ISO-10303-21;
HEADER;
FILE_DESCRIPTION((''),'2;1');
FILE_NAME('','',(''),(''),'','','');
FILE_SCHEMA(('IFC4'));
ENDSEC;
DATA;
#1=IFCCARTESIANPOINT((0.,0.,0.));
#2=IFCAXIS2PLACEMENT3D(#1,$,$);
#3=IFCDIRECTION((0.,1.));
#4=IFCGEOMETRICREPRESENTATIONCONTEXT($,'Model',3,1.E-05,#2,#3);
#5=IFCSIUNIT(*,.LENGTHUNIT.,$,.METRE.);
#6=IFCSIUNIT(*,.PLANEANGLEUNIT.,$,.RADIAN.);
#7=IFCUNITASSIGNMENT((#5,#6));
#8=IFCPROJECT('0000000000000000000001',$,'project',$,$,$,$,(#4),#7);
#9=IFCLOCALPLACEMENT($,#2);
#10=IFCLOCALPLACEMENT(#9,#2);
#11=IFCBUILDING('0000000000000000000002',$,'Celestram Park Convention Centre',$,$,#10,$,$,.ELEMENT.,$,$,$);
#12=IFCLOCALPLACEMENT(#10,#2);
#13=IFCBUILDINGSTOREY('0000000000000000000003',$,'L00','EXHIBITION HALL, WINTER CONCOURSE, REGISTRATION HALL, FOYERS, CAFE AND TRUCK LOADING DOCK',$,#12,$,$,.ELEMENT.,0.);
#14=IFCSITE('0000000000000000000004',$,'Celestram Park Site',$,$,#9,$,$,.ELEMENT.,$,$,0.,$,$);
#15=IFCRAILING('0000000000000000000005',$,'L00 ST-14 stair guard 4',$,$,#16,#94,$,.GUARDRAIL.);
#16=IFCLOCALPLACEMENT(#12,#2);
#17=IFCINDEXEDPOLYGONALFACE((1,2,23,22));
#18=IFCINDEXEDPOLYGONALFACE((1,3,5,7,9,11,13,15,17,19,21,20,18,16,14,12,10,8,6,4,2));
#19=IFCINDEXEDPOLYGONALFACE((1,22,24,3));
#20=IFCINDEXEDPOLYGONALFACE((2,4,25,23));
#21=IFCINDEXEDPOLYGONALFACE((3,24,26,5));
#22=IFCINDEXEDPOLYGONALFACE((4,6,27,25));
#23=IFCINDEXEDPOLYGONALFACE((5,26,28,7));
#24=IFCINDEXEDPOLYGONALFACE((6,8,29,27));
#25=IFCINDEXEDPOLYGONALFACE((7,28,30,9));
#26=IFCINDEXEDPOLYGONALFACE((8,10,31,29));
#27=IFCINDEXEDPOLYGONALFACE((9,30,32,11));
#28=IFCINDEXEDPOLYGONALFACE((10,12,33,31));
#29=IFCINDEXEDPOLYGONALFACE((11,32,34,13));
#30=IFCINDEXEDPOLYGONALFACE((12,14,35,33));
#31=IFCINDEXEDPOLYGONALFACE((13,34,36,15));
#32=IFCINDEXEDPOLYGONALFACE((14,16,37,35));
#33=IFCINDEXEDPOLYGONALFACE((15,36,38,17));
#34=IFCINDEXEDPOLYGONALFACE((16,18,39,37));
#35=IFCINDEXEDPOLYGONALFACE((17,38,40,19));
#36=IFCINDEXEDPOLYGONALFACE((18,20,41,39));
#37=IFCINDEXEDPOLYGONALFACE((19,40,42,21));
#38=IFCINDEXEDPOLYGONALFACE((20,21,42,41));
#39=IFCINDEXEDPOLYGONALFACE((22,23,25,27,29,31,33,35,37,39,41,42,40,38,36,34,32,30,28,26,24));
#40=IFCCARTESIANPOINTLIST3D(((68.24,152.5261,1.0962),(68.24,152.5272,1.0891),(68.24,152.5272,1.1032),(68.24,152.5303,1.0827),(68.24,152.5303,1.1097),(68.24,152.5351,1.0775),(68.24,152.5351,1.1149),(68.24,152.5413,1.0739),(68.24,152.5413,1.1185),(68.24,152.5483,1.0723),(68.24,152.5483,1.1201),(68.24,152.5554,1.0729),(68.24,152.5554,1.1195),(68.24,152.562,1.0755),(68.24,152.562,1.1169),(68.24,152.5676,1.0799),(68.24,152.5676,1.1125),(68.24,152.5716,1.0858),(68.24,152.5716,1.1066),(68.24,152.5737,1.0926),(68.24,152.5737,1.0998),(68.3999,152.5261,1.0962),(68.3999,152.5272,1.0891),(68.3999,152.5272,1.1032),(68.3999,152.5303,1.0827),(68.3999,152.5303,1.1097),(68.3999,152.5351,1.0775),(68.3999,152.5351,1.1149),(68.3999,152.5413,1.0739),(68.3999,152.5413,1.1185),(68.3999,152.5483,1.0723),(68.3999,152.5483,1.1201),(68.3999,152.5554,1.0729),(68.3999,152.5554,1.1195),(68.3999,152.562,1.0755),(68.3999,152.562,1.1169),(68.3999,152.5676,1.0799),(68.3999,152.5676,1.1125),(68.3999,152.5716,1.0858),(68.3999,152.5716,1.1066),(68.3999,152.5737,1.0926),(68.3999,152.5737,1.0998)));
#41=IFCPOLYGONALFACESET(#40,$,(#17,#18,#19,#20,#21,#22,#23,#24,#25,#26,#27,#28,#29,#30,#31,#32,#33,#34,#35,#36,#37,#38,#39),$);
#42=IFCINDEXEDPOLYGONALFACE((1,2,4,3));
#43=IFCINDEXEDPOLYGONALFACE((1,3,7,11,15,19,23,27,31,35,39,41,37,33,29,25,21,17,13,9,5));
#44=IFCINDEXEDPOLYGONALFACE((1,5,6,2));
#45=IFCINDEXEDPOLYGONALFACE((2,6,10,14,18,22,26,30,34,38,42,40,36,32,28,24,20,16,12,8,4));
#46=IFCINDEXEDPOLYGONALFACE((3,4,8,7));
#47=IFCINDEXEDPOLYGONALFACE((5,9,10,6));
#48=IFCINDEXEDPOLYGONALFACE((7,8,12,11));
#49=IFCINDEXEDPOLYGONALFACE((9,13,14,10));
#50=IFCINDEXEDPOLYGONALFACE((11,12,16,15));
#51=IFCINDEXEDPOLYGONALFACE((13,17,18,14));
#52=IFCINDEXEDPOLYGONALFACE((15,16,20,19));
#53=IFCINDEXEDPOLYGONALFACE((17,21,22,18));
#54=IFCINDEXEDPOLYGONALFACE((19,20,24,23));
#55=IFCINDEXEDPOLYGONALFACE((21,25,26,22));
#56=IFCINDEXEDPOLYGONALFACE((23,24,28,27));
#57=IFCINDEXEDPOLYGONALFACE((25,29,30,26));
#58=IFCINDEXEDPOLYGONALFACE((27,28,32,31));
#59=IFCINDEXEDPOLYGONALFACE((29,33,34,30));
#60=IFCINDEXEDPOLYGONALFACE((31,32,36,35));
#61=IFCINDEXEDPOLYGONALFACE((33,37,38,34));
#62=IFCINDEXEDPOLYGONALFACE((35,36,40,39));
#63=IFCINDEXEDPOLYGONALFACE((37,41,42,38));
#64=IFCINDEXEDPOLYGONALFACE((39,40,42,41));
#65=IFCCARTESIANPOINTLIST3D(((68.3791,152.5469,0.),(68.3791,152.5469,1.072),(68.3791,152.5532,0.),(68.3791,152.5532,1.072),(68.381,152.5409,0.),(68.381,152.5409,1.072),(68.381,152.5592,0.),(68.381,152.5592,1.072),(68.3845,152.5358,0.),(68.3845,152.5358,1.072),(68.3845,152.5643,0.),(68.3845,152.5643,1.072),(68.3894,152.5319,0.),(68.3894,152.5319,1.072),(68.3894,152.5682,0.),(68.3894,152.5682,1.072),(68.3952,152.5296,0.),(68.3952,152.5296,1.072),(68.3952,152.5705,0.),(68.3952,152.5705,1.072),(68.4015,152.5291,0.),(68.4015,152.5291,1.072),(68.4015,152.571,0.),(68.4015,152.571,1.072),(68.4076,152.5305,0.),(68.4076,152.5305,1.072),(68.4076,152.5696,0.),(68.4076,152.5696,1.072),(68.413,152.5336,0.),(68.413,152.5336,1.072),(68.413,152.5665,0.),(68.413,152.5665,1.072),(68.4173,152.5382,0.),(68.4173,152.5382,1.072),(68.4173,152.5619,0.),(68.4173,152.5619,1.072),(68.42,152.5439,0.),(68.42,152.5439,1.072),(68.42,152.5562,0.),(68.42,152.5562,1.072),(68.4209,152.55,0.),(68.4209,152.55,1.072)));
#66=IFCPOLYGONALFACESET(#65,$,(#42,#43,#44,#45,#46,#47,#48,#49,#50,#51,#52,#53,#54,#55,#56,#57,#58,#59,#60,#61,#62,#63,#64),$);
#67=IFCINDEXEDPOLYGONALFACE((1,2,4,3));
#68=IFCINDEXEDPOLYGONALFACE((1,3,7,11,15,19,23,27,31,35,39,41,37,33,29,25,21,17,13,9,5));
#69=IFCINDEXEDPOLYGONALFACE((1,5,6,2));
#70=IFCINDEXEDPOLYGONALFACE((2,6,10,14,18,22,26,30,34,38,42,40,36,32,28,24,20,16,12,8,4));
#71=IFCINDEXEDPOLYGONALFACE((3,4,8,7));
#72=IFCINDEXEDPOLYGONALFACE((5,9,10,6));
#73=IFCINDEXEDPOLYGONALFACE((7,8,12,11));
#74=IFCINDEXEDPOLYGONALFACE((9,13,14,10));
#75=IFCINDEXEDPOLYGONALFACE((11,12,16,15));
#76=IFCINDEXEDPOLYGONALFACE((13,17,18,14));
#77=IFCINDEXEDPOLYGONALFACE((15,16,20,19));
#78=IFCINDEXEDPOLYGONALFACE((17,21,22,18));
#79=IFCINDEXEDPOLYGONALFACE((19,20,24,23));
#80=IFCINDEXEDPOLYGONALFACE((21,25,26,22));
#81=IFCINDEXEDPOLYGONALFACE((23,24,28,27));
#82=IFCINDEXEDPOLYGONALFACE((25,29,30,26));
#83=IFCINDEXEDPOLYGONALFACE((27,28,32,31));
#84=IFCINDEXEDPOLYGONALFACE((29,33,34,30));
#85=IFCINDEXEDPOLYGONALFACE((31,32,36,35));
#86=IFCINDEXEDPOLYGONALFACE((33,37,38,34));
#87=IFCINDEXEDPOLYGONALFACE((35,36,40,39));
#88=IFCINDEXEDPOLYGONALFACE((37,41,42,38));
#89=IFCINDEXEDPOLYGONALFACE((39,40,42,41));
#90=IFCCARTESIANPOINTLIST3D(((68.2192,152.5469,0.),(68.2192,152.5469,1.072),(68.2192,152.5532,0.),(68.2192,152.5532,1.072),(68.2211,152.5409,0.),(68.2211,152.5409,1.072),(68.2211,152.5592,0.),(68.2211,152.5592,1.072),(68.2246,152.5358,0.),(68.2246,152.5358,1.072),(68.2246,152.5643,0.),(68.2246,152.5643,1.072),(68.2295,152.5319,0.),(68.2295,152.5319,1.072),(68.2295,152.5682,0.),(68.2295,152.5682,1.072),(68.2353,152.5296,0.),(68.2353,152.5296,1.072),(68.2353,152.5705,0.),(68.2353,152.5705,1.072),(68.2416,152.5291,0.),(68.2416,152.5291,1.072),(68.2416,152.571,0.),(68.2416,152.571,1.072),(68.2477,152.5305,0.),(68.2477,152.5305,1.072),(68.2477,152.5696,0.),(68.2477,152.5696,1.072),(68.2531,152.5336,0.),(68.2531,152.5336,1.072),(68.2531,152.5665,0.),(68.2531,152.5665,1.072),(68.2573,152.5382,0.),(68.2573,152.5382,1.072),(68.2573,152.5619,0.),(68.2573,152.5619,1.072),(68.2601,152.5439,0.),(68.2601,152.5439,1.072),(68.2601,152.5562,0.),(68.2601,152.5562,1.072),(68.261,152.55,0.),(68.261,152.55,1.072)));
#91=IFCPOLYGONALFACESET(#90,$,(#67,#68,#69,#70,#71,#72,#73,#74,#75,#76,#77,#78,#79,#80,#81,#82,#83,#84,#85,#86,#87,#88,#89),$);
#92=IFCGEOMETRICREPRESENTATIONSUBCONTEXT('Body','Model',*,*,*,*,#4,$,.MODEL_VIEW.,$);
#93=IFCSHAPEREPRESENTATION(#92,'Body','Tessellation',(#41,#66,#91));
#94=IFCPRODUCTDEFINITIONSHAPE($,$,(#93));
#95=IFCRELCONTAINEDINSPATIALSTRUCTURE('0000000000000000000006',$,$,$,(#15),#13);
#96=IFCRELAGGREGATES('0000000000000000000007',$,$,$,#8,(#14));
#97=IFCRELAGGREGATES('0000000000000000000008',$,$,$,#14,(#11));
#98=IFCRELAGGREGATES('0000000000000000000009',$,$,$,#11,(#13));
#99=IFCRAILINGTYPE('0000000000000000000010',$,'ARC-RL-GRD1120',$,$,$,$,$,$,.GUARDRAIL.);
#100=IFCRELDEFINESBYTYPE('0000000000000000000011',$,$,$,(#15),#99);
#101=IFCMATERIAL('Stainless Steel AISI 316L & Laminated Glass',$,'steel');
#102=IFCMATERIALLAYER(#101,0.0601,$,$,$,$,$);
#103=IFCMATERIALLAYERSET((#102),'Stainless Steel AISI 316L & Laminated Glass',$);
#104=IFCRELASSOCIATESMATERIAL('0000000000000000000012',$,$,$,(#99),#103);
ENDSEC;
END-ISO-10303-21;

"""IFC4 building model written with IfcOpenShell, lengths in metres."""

from ifc_helpers import new_model, si_unit, direction, frame, origin, origin_2d, place, context, subcontext, project, spatial, circle, extrude, material, layer, layer_set, type_object, element, save


model = new_model("IFC4")

# Units and contexts
model_context = context("Model", 3, precision=1e-05, world=origin(), true_north=direction((0.0, 1.0)))
body_context = subcontext(model_context, "Body", "Model", "MODEL_VIEW")
ifc_project = project(units=[si_unit("LENGTHUNIT", "METRE"), si_unit("PLANEANGLEUNIT", "RADIAN")], contexts=[model_context])

# Site, building, storey
site_placement = place(None, origin())
site = spatial("IfcSite", under=ifc_project, at=site_placement, Name="Celestram Park Site", CompositionType="ELEMENT", RefElevation=0.0)
building_placement = place(site_placement, origin())
building = spatial("IfcBuilding", under=site, at=building_placement, Name="Celestram Park Convention Centre", CompositionType="ELEMENT")
storey_placement = place(building_placement, origin())
storey = spatial("IfcBuildingStorey", under=building, at=storey_placement, Name="L00", Description="EXHIBITION HALL, WINTER CONCOURSE, REGISTRATION HALL, FOYERS, CAFE AND TRUCK LOADING DOCK", CompositionType="ELEMENT", Elevation=0.0)

# Railing
ifc_material_1 = material(Name="Stainless Steel AISI 316L & Laminated Glass", Category="steel")
ifc_layer_1 = layer(ifc_material_1, 0.0601)
ifc_layer_set_1 = layer_set([ifc_layer_1], Name="Stainless Steel AISI 316L & Laminated Glass")
railing_type_1 = type_object("IfcRailingType", Name="ARC-RL-GRD1120", PredefinedType="GUARDRAIL", material=ifc_layer_set_1)
railing_1_placement = place(storey_placement, frame((68.3999, 152.55, 0.0)))
element("IfcRailing", 1, at=railing_1_placement, inside=storey, type_object=railing_type_1, Name="L00 ST-14 stair guard 4", PredefinedType="GUARDRAIL", context=body_context, shape_type="SweptSolid", body=[
    extrude(circle(Radius=0.0239, at=origin_2d()), frame((0.0, 0.0, 1.0962), z_axis=(-1.0, 0.0, 0.0), x_axis=(0.0, -1.0, 0.0)), (0.0, 0.0, 1.0), 0.1599),
    extrude(circle(Radius=0.021, at=origin_2d()), origin(), (0.0, 0.0, 1.0), 1.072),
    extrude(circle(Radius=0.021, at=origin_2d()), frame((-0.1599, 0.0, 0.0)), (0.0, 0.0, 1.0), 1.072),
])

save(model, "model.ifc")
